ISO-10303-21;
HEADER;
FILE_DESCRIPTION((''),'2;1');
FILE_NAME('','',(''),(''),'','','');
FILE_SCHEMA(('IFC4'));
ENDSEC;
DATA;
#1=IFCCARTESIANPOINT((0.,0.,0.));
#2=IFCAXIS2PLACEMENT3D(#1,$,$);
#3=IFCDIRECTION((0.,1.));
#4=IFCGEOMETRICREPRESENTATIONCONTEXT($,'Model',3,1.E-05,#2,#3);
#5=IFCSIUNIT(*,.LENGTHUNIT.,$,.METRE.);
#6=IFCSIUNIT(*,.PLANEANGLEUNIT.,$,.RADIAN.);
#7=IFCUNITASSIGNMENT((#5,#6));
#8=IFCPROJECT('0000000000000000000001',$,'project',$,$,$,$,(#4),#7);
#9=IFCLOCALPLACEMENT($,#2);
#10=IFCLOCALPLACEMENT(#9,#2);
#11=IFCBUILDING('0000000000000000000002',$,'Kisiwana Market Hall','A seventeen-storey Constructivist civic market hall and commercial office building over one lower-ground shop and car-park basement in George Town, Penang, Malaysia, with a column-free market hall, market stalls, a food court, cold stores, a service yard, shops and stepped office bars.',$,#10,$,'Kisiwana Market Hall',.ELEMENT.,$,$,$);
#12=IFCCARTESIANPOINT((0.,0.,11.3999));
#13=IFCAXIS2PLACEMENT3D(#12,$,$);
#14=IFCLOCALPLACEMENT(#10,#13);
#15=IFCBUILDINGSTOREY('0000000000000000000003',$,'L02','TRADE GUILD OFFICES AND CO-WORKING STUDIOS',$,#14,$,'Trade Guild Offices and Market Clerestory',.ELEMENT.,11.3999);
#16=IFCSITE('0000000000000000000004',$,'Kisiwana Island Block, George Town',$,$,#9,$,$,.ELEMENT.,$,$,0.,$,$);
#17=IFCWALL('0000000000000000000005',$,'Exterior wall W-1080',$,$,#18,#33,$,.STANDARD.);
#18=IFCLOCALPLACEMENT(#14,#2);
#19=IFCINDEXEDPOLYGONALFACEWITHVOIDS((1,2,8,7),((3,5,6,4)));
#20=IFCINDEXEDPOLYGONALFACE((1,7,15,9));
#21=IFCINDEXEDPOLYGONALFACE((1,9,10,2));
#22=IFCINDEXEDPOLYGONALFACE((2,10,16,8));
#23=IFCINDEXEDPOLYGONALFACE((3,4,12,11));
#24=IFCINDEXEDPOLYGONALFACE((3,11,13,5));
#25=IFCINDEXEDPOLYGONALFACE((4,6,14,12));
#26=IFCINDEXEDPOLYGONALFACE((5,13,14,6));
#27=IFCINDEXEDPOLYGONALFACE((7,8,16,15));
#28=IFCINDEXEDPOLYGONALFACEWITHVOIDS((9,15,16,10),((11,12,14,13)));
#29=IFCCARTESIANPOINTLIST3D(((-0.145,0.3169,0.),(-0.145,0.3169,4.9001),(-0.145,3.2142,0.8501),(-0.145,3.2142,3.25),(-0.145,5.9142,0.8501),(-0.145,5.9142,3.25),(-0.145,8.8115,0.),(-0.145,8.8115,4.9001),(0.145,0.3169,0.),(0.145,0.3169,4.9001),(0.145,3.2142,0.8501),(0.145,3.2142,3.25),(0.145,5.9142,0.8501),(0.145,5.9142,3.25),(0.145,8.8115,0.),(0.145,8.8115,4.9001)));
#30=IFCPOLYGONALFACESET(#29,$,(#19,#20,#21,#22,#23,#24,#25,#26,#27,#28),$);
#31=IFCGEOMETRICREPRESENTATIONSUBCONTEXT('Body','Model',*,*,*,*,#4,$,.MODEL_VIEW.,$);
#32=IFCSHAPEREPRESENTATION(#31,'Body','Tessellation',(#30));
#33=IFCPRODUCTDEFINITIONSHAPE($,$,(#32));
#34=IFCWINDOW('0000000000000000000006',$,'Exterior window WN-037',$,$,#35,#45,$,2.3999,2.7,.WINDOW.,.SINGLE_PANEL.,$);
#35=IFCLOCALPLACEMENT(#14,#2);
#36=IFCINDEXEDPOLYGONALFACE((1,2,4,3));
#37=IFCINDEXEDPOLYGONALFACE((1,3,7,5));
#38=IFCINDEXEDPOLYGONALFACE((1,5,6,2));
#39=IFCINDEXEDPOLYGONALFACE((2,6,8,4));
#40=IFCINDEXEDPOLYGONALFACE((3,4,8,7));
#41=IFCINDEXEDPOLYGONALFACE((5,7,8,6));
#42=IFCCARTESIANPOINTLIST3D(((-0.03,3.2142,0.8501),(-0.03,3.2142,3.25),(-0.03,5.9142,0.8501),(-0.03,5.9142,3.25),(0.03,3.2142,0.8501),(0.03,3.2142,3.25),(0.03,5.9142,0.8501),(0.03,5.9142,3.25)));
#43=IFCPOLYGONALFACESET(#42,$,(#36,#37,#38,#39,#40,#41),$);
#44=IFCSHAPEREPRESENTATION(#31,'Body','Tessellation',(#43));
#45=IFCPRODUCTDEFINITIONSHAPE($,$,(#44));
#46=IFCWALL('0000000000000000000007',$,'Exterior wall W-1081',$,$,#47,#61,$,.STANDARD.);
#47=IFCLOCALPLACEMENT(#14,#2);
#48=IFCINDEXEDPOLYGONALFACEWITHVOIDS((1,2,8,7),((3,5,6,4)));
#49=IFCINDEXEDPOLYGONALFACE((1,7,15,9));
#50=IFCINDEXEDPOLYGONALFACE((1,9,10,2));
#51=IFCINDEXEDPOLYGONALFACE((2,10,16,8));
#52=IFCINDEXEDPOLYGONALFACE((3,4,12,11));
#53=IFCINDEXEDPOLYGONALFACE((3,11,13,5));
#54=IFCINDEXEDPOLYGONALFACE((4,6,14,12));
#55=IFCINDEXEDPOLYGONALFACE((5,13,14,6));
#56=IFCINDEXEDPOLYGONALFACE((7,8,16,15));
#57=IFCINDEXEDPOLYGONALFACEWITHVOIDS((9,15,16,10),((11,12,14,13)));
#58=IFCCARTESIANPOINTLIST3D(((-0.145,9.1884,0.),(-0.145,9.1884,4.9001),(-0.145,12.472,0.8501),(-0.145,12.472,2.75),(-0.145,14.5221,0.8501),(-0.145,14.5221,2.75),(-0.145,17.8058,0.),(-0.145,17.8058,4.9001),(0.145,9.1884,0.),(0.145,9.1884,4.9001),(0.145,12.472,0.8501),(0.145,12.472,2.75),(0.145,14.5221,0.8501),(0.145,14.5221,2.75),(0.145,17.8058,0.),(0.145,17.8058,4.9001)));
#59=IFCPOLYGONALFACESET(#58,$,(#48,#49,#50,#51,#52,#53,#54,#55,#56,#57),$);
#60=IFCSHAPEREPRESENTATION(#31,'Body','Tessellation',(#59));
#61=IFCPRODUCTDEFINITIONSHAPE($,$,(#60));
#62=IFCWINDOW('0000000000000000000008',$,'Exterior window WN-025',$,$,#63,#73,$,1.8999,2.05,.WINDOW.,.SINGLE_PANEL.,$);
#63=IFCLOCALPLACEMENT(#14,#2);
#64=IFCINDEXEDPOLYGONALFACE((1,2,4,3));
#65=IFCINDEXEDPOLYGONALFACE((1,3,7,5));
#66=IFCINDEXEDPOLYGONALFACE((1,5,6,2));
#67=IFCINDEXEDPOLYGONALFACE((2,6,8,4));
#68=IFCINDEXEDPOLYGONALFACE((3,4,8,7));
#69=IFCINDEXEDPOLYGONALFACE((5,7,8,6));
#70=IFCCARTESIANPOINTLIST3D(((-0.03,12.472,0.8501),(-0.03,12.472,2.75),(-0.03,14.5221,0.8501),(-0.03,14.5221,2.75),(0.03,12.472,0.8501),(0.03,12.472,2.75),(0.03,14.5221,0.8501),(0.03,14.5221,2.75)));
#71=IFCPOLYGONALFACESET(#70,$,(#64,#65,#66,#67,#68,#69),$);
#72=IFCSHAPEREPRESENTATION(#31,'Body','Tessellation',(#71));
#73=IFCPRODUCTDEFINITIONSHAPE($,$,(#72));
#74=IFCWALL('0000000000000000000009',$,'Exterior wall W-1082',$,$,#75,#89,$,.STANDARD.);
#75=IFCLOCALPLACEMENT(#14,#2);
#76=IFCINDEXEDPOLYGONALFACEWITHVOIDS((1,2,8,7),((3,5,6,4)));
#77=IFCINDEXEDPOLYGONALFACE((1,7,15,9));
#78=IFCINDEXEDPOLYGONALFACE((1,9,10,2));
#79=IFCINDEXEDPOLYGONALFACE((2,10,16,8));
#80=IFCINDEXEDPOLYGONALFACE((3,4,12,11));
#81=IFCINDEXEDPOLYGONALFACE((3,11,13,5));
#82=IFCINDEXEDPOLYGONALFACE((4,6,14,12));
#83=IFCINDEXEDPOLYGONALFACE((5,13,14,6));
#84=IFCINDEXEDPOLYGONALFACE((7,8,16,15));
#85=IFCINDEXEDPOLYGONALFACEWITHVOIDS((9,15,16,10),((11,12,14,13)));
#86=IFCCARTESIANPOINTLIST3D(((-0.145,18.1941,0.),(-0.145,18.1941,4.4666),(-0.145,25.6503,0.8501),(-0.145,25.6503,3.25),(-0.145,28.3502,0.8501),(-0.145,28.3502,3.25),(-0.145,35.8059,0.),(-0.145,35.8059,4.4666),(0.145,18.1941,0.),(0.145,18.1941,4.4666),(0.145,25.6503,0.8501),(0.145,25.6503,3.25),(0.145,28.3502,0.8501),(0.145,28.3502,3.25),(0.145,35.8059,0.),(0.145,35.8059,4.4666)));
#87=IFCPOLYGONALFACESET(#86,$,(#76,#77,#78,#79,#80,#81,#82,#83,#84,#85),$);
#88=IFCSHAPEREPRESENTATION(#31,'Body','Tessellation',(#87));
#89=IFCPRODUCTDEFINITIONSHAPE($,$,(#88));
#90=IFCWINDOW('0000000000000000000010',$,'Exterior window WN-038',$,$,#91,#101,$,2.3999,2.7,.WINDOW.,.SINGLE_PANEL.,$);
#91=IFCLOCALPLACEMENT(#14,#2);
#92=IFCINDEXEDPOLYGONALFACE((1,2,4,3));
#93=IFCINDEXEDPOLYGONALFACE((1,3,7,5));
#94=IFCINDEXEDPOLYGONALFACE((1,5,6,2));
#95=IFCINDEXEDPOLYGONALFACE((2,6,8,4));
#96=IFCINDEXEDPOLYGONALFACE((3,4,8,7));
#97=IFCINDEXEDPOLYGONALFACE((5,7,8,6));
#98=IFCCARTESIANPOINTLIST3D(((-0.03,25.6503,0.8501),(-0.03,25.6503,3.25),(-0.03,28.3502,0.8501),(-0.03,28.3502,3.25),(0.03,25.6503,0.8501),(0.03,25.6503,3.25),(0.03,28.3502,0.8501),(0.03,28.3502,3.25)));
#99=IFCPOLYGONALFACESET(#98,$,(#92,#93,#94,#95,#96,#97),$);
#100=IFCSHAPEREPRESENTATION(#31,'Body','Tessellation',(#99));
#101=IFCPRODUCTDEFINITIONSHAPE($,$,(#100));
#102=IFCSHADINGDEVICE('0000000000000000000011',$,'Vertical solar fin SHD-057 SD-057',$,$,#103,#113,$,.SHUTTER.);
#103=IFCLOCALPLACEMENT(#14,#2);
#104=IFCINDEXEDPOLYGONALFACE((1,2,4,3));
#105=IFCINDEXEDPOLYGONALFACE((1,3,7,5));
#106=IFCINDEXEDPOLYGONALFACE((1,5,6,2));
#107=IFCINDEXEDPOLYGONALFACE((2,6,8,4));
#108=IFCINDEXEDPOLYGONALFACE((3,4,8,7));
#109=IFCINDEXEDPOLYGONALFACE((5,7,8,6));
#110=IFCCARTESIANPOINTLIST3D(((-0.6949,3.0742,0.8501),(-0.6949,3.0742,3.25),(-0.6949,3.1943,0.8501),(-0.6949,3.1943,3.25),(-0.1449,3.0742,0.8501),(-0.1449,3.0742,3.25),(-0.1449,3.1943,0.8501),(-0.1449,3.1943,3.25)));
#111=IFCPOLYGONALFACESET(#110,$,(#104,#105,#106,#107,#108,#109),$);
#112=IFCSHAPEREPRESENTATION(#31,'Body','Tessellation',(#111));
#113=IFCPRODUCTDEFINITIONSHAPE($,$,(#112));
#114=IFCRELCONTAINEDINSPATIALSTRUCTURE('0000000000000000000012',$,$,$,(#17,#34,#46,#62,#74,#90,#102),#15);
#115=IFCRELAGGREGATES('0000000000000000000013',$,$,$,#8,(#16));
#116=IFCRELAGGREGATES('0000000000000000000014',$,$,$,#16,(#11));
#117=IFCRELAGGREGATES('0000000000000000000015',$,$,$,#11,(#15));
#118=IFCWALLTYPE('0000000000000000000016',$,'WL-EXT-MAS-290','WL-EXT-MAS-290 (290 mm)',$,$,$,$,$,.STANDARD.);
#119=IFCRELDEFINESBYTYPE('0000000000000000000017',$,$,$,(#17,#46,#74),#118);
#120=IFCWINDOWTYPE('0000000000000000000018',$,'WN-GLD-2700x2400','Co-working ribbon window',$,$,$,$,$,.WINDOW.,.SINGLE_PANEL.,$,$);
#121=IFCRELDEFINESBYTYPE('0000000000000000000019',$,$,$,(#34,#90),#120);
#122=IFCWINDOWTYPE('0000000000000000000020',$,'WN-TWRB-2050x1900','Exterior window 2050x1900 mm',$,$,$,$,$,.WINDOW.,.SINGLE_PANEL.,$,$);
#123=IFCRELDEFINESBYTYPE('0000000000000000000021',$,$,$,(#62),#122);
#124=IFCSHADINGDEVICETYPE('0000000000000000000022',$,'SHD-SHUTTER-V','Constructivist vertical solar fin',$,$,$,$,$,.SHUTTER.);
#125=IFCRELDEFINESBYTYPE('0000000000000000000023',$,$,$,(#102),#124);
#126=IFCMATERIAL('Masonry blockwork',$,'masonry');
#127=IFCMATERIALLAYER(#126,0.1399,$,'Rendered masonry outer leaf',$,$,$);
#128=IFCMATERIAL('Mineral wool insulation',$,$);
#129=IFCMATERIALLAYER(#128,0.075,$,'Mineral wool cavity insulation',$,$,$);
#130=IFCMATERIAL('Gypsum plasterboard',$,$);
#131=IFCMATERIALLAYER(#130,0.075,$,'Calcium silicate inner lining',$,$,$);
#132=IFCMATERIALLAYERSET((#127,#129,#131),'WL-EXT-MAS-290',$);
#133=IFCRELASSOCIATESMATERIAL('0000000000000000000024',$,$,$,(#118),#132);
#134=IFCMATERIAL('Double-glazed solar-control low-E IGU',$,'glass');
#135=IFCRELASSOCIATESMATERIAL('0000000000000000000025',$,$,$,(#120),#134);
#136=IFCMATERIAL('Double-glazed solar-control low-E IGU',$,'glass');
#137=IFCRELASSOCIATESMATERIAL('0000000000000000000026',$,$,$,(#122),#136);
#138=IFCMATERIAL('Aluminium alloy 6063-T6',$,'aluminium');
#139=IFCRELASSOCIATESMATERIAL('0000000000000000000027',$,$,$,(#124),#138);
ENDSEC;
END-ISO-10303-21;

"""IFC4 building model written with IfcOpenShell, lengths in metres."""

from ifc_helpers import new_model, si_unit, direction, frame, frame_2d, origin, origin_2d, place, context, subcontext, project, spatial, rectangle, extrude, material, layer, layer_set, type_object, element, fill, save


model = new_model("IFC4")

# Units and contexts
model_context = context("Model", 3, precision=1e-05, world=origin(), true_north=direction((0.0, 1.0)))
body_context = subcontext(model_context, "Body", "Model", "MODEL_VIEW")
ifc_project = project(units=[si_unit("LENGTHUNIT", "METRE"), si_unit("PLANEANGLEUNIT", "RADIAN")], contexts=[model_context])

# Site, building, storey
site_placement = place(None, origin())
site = spatial("IfcSite", under=ifc_project, at=site_placement, Name="Kisiwana Island Block, George Town", CompositionType="ELEMENT", RefElevation=0.0)
building_placement = place(site_placement, origin())
building = spatial("IfcBuilding", under=site, at=building_placement, Name="Kisiwana Market Hall", Description="A seventeen-storey Constructivist civic market hall and commercial office building over one lower-ground shop and car-park basement in George Town, Penang, Malaysia, with a column-free market hall, market stalls, a food court, cold stores, a service yard, shops and stepped office bars.", LongName="Kisiwana Market Hall", CompositionType="ELEMENT")
storey_placement = place(building_placement, frame((0.0, 0.0, 11.3999)))
storey = spatial("IfcBuildingStorey", under=building, at=storey_placement, Name="L02", Description="TRADE GUILD OFFICES AND CO-WORKING STUDIOS", LongName="Trade Guild Offices and Market Clerestory", CompositionType="ELEMENT", Elevation=11.3999)

# Walls, openings, windows
ifc_material_1 = material(Name="Masonry blockwork", Category="masonry")
ifc_layer_1 = layer(ifc_material_1, 0.1399, Name="Rendered masonry outer leaf")
ifc_material_2 = material(Name="Mineral wool insulation")
ifc_layer_2 = layer(ifc_material_2, 0.075, Name="Mineral wool cavity insulation")
ifc_material_3 = material(Name="Gypsum plasterboard")
ifc_layer_3 = layer(ifc_material_3, 0.075, Name="Calcium silicate inner lining")
ifc_layer_set_1 = layer_set([ifc_layer_1, ifc_layer_2, ifc_layer_3], Name="WL-EXT-MAS-290")
wall_type_1 = type_object("IfcWallType", Name="WL-EXT-MAS-290", Description="WL-EXT-MAS-290 (290 mm)", PredefinedType="STANDARD", material=ifc_layer_set_1)
wall_1_placement = place(storey_placement, frame((0.0, 0.3169, 0.0), z_axis=(0.0, 0.0, 1.0), x_axis=(0.0, 1.0, 0.0)))
wall_1 = element("IfcWall", 1, at=wall_1_placement, inside=storey, type_object=wall_type_1, Name="Exterior wall W-1080", PredefinedType="STANDARD", context=body_context, shape_type="SweptSolid", body=[
    extrude(rectangle(XDim=8.4946, YDim=0.29, at=frame_2d((4.2473, 0.0))), origin(), (0.0, 0.0, 1.0), 4.9001),
])
opening_1_placement = place(wall_1_placement, frame((2.8972, 0.0, 0.8501)))
opening_1 = element("IfcOpeningElement", 2, at=opening_1_placement, cuts=wall_1, PredefinedType="OPENING", context=body_context, shape_type="SweptSolid", body=[
    extrude(rectangle(XDim=2.7, YDim=2.3999, at=frame_2d((1.3501, 1.2))), frame((0.0, 0.157, 0.0), z_axis=(0.0, -1.0, 0.0), x_axis=(1.0, 0.0, 0.0)), (0.0, 0.0, 1.0), 0.314),
])
ifc_material_4 = material(Name="Double-glazed solar-control low-E IGU", Category="glass")
window_type_1 = type_object("IfcWindowType", Name="WN-GLD-2700x2400", Description="Co-working ribbon window", PartitioningType="SINGLE_PANEL", PredefinedType="WINDOW", material=ifc_material_4)
window_1_placement = place(opening_1_placement, origin())
window_1 = element("IfcWindow", 3, at=window_1_placement, inside=storey, type_object=window_type_1, Name="Exterior window WN-037", OverallHeight=2.3999, OverallWidth=2.7, PartitioningType="SINGLE_PANEL", PredefinedType="WINDOW", context=body_context, shape_type="SweptSolid", body=[
    extrude(rectangle(XDim=2.7, YDim=2.3999, at=frame_2d((1.3501, 1.2))), frame((0.0, 0.03, 0.0), z_axis=(0.0, -1.0, 0.0), x_axis=(1.0, 0.0, 0.0)), (0.0, 0.0, 1.0), 0.0601),
])
fill(opening_1, window_1)
wall_2_placement = place(storey_placement, frame((0.0, 9.1885, 0.0), z_axis=(0.0, 0.0, 1.0), x_axis=(0.0, 1.0, 0.0)))
wall_2 = element("IfcWall", 4, at=wall_2_placement, inside=storey, type_object=wall_type_1, Name="Exterior wall W-1081", PredefinedType="STANDARD", context=body_context, shape_type="SweptSolid", body=[
    extrude(rectangle(XDim=8.6174, YDim=0.29, at=frame_2d((4.3086, 0.0))), origin(), (0.0, 0.0, 1.0), 4.9001),
])
opening_2_placement = place(wall_2_placement, frame((3.2837, 0.0, 0.8501)))
opening_2 = element("IfcOpeningElement", 5, at=opening_2_placement, cuts=wall_2, PredefinedType="OPENING", context=body_context, shape_type="SweptSolid", body=[
    extrude(rectangle(XDim=2.05, YDim=1.8999, at=frame_2d((1.0249, 0.95))), frame((0.0, 0.157, 0.0), z_axis=(0.0, -1.0, 0.0), x_axis=(1.0, 0.0, 0.0)), (0.0, 0.0, 1.0), 0.314),
])
ifc_material_5 = material(Name="Double-glazed solar-control low-E IGU", Category="glass")
window_type_2 = type_object("IfcWindowType", Name="WN-TWRB-2050x1900", Description="Exterior window 2050x1900 mm", PartitioningType="SINGLE_PANEL", PredefinedType="WINDOW", material=ifc_material_5)
window_2_placement = place(opening_2_placement, origin())
window_2 = element("IfcWindow", 6, at=window_2_placement, inside=storey, type_object=window_type_2, Name="Exterior window WN-025", OverallHeight=1.8999, OverallWidth=2.05, PartitioningType="SINGLE_PANEL", PredefinedType="WINDOW", context=body_context, shape_type="SweptSolid", body=[
    extrude(rectangle(XDim=2.05, YDim=1.8999, at=frame_2d((1.0249, 0.95))), frame((0.0, 0.03, 0.0), z_axis=(0.0, -1.0, 0.0), x_axis=(1.0, 0.0, 0.0)), (0.0, 0.0, 1.0), 0.0601),
])
fill(opening_2, window_2)
wall_3_placement = place(storey_placement, frame((0.0, 18.1941, 0.0), z_axis=(0.0, 0.0, 1.0), x_axis=(0.0, 1.0, 0.0)))
wall_3 = element("IfcWall", 7, at=wall_3_placement, inside=storey, type_object=wall_type_1, Name="Exterior wall W-1082", PredefinedType="STANDARD", context=body_context, shape_type="SweptSolid", body=[
    extrude(rectangle(XDim=17.6118, YDim=0.29, at=frame_2d((8.8059, 0.0))), origin(), (0.0, 0.0, 1.0), 4.4666),
])
opening_3_placement = place(wall_3_placement, frame((7.4561, 0.0, 0.8501)))
opening_3 = element("IfcOpeningElement", 8, at=opening_3_placement, cuts=wall_3, PredefinedType="OPENING", context=body_context, shape_type="SweptSolid", body=[
    extrude(rectangle(XDim=2.7, YDim=2.3999, at=frame_2d((1.3501, 1.2))), frame((0.0, 0.157, 0.0), z_axis=(0.0, -1.0, 0.0), x_axis=(1.0, 0.0, 0.0)), (0.0, 0.0, 1.0), 0.314),
])
window_3_placement = place(opening_3_placement, origin())
window_3 = element("IfcWindow", 9, at=window_3_placement, inside=storey, type_object=window_type_1, Name="Exterior window WN-038", OverallHeight=2.3999, OverallWidth=2.7, PartitioningType="SINGLE_PANEL", PredefinedType="WINDOW", context=body_context, shape_type="SweptSolid", body=[
    extrude(rectangle(XDim=2.7, YDim=2.3999, at=frame_2d((1.3501, 1.2))), frame((0.0, 0.03, 0.0), z_axis=(0.0, -1.0, 0.0), x_axis=(1.0, 0.0, 0.0)), (0.0, 0.0, 1.0), 0.0601),
])
fill(opening_3, window_3)

# Shading device
ifc_material_6 = material(Name="Aluminium alloy 6063-T6", Category="aluminium")
shading_device_type = type_object("IfcShadingDeviceType", Name="SHD-SHUTTER-V", Description="Constructivist vertical solar fin", PredefinedType="SHUTTER", material=ifc_material_6)
shading_device_placement = place(storey_placement, frame((-0.4199, 3.1343, 0.8501), z_axis=(0.0, 0.0, 1.0), x_axis=(0.0, 1.0, 0.0)))
element("IfcShadingDevice", 10, at=shading_device_placement, inside=storey, type_object=shading_device_type, Name="Vertical solar fin SHD-057 SD-057", PredefinedType="SHUTTER", context=body_context, shape_type="SweptSolid", body=[
    extrude(rectangle(XDim=0.1201, YDim=0.55, at=origin_2d()), origin(), (0.0, 0.0, 1.0), 2.3999),
])

save(model, "model.ifc")
